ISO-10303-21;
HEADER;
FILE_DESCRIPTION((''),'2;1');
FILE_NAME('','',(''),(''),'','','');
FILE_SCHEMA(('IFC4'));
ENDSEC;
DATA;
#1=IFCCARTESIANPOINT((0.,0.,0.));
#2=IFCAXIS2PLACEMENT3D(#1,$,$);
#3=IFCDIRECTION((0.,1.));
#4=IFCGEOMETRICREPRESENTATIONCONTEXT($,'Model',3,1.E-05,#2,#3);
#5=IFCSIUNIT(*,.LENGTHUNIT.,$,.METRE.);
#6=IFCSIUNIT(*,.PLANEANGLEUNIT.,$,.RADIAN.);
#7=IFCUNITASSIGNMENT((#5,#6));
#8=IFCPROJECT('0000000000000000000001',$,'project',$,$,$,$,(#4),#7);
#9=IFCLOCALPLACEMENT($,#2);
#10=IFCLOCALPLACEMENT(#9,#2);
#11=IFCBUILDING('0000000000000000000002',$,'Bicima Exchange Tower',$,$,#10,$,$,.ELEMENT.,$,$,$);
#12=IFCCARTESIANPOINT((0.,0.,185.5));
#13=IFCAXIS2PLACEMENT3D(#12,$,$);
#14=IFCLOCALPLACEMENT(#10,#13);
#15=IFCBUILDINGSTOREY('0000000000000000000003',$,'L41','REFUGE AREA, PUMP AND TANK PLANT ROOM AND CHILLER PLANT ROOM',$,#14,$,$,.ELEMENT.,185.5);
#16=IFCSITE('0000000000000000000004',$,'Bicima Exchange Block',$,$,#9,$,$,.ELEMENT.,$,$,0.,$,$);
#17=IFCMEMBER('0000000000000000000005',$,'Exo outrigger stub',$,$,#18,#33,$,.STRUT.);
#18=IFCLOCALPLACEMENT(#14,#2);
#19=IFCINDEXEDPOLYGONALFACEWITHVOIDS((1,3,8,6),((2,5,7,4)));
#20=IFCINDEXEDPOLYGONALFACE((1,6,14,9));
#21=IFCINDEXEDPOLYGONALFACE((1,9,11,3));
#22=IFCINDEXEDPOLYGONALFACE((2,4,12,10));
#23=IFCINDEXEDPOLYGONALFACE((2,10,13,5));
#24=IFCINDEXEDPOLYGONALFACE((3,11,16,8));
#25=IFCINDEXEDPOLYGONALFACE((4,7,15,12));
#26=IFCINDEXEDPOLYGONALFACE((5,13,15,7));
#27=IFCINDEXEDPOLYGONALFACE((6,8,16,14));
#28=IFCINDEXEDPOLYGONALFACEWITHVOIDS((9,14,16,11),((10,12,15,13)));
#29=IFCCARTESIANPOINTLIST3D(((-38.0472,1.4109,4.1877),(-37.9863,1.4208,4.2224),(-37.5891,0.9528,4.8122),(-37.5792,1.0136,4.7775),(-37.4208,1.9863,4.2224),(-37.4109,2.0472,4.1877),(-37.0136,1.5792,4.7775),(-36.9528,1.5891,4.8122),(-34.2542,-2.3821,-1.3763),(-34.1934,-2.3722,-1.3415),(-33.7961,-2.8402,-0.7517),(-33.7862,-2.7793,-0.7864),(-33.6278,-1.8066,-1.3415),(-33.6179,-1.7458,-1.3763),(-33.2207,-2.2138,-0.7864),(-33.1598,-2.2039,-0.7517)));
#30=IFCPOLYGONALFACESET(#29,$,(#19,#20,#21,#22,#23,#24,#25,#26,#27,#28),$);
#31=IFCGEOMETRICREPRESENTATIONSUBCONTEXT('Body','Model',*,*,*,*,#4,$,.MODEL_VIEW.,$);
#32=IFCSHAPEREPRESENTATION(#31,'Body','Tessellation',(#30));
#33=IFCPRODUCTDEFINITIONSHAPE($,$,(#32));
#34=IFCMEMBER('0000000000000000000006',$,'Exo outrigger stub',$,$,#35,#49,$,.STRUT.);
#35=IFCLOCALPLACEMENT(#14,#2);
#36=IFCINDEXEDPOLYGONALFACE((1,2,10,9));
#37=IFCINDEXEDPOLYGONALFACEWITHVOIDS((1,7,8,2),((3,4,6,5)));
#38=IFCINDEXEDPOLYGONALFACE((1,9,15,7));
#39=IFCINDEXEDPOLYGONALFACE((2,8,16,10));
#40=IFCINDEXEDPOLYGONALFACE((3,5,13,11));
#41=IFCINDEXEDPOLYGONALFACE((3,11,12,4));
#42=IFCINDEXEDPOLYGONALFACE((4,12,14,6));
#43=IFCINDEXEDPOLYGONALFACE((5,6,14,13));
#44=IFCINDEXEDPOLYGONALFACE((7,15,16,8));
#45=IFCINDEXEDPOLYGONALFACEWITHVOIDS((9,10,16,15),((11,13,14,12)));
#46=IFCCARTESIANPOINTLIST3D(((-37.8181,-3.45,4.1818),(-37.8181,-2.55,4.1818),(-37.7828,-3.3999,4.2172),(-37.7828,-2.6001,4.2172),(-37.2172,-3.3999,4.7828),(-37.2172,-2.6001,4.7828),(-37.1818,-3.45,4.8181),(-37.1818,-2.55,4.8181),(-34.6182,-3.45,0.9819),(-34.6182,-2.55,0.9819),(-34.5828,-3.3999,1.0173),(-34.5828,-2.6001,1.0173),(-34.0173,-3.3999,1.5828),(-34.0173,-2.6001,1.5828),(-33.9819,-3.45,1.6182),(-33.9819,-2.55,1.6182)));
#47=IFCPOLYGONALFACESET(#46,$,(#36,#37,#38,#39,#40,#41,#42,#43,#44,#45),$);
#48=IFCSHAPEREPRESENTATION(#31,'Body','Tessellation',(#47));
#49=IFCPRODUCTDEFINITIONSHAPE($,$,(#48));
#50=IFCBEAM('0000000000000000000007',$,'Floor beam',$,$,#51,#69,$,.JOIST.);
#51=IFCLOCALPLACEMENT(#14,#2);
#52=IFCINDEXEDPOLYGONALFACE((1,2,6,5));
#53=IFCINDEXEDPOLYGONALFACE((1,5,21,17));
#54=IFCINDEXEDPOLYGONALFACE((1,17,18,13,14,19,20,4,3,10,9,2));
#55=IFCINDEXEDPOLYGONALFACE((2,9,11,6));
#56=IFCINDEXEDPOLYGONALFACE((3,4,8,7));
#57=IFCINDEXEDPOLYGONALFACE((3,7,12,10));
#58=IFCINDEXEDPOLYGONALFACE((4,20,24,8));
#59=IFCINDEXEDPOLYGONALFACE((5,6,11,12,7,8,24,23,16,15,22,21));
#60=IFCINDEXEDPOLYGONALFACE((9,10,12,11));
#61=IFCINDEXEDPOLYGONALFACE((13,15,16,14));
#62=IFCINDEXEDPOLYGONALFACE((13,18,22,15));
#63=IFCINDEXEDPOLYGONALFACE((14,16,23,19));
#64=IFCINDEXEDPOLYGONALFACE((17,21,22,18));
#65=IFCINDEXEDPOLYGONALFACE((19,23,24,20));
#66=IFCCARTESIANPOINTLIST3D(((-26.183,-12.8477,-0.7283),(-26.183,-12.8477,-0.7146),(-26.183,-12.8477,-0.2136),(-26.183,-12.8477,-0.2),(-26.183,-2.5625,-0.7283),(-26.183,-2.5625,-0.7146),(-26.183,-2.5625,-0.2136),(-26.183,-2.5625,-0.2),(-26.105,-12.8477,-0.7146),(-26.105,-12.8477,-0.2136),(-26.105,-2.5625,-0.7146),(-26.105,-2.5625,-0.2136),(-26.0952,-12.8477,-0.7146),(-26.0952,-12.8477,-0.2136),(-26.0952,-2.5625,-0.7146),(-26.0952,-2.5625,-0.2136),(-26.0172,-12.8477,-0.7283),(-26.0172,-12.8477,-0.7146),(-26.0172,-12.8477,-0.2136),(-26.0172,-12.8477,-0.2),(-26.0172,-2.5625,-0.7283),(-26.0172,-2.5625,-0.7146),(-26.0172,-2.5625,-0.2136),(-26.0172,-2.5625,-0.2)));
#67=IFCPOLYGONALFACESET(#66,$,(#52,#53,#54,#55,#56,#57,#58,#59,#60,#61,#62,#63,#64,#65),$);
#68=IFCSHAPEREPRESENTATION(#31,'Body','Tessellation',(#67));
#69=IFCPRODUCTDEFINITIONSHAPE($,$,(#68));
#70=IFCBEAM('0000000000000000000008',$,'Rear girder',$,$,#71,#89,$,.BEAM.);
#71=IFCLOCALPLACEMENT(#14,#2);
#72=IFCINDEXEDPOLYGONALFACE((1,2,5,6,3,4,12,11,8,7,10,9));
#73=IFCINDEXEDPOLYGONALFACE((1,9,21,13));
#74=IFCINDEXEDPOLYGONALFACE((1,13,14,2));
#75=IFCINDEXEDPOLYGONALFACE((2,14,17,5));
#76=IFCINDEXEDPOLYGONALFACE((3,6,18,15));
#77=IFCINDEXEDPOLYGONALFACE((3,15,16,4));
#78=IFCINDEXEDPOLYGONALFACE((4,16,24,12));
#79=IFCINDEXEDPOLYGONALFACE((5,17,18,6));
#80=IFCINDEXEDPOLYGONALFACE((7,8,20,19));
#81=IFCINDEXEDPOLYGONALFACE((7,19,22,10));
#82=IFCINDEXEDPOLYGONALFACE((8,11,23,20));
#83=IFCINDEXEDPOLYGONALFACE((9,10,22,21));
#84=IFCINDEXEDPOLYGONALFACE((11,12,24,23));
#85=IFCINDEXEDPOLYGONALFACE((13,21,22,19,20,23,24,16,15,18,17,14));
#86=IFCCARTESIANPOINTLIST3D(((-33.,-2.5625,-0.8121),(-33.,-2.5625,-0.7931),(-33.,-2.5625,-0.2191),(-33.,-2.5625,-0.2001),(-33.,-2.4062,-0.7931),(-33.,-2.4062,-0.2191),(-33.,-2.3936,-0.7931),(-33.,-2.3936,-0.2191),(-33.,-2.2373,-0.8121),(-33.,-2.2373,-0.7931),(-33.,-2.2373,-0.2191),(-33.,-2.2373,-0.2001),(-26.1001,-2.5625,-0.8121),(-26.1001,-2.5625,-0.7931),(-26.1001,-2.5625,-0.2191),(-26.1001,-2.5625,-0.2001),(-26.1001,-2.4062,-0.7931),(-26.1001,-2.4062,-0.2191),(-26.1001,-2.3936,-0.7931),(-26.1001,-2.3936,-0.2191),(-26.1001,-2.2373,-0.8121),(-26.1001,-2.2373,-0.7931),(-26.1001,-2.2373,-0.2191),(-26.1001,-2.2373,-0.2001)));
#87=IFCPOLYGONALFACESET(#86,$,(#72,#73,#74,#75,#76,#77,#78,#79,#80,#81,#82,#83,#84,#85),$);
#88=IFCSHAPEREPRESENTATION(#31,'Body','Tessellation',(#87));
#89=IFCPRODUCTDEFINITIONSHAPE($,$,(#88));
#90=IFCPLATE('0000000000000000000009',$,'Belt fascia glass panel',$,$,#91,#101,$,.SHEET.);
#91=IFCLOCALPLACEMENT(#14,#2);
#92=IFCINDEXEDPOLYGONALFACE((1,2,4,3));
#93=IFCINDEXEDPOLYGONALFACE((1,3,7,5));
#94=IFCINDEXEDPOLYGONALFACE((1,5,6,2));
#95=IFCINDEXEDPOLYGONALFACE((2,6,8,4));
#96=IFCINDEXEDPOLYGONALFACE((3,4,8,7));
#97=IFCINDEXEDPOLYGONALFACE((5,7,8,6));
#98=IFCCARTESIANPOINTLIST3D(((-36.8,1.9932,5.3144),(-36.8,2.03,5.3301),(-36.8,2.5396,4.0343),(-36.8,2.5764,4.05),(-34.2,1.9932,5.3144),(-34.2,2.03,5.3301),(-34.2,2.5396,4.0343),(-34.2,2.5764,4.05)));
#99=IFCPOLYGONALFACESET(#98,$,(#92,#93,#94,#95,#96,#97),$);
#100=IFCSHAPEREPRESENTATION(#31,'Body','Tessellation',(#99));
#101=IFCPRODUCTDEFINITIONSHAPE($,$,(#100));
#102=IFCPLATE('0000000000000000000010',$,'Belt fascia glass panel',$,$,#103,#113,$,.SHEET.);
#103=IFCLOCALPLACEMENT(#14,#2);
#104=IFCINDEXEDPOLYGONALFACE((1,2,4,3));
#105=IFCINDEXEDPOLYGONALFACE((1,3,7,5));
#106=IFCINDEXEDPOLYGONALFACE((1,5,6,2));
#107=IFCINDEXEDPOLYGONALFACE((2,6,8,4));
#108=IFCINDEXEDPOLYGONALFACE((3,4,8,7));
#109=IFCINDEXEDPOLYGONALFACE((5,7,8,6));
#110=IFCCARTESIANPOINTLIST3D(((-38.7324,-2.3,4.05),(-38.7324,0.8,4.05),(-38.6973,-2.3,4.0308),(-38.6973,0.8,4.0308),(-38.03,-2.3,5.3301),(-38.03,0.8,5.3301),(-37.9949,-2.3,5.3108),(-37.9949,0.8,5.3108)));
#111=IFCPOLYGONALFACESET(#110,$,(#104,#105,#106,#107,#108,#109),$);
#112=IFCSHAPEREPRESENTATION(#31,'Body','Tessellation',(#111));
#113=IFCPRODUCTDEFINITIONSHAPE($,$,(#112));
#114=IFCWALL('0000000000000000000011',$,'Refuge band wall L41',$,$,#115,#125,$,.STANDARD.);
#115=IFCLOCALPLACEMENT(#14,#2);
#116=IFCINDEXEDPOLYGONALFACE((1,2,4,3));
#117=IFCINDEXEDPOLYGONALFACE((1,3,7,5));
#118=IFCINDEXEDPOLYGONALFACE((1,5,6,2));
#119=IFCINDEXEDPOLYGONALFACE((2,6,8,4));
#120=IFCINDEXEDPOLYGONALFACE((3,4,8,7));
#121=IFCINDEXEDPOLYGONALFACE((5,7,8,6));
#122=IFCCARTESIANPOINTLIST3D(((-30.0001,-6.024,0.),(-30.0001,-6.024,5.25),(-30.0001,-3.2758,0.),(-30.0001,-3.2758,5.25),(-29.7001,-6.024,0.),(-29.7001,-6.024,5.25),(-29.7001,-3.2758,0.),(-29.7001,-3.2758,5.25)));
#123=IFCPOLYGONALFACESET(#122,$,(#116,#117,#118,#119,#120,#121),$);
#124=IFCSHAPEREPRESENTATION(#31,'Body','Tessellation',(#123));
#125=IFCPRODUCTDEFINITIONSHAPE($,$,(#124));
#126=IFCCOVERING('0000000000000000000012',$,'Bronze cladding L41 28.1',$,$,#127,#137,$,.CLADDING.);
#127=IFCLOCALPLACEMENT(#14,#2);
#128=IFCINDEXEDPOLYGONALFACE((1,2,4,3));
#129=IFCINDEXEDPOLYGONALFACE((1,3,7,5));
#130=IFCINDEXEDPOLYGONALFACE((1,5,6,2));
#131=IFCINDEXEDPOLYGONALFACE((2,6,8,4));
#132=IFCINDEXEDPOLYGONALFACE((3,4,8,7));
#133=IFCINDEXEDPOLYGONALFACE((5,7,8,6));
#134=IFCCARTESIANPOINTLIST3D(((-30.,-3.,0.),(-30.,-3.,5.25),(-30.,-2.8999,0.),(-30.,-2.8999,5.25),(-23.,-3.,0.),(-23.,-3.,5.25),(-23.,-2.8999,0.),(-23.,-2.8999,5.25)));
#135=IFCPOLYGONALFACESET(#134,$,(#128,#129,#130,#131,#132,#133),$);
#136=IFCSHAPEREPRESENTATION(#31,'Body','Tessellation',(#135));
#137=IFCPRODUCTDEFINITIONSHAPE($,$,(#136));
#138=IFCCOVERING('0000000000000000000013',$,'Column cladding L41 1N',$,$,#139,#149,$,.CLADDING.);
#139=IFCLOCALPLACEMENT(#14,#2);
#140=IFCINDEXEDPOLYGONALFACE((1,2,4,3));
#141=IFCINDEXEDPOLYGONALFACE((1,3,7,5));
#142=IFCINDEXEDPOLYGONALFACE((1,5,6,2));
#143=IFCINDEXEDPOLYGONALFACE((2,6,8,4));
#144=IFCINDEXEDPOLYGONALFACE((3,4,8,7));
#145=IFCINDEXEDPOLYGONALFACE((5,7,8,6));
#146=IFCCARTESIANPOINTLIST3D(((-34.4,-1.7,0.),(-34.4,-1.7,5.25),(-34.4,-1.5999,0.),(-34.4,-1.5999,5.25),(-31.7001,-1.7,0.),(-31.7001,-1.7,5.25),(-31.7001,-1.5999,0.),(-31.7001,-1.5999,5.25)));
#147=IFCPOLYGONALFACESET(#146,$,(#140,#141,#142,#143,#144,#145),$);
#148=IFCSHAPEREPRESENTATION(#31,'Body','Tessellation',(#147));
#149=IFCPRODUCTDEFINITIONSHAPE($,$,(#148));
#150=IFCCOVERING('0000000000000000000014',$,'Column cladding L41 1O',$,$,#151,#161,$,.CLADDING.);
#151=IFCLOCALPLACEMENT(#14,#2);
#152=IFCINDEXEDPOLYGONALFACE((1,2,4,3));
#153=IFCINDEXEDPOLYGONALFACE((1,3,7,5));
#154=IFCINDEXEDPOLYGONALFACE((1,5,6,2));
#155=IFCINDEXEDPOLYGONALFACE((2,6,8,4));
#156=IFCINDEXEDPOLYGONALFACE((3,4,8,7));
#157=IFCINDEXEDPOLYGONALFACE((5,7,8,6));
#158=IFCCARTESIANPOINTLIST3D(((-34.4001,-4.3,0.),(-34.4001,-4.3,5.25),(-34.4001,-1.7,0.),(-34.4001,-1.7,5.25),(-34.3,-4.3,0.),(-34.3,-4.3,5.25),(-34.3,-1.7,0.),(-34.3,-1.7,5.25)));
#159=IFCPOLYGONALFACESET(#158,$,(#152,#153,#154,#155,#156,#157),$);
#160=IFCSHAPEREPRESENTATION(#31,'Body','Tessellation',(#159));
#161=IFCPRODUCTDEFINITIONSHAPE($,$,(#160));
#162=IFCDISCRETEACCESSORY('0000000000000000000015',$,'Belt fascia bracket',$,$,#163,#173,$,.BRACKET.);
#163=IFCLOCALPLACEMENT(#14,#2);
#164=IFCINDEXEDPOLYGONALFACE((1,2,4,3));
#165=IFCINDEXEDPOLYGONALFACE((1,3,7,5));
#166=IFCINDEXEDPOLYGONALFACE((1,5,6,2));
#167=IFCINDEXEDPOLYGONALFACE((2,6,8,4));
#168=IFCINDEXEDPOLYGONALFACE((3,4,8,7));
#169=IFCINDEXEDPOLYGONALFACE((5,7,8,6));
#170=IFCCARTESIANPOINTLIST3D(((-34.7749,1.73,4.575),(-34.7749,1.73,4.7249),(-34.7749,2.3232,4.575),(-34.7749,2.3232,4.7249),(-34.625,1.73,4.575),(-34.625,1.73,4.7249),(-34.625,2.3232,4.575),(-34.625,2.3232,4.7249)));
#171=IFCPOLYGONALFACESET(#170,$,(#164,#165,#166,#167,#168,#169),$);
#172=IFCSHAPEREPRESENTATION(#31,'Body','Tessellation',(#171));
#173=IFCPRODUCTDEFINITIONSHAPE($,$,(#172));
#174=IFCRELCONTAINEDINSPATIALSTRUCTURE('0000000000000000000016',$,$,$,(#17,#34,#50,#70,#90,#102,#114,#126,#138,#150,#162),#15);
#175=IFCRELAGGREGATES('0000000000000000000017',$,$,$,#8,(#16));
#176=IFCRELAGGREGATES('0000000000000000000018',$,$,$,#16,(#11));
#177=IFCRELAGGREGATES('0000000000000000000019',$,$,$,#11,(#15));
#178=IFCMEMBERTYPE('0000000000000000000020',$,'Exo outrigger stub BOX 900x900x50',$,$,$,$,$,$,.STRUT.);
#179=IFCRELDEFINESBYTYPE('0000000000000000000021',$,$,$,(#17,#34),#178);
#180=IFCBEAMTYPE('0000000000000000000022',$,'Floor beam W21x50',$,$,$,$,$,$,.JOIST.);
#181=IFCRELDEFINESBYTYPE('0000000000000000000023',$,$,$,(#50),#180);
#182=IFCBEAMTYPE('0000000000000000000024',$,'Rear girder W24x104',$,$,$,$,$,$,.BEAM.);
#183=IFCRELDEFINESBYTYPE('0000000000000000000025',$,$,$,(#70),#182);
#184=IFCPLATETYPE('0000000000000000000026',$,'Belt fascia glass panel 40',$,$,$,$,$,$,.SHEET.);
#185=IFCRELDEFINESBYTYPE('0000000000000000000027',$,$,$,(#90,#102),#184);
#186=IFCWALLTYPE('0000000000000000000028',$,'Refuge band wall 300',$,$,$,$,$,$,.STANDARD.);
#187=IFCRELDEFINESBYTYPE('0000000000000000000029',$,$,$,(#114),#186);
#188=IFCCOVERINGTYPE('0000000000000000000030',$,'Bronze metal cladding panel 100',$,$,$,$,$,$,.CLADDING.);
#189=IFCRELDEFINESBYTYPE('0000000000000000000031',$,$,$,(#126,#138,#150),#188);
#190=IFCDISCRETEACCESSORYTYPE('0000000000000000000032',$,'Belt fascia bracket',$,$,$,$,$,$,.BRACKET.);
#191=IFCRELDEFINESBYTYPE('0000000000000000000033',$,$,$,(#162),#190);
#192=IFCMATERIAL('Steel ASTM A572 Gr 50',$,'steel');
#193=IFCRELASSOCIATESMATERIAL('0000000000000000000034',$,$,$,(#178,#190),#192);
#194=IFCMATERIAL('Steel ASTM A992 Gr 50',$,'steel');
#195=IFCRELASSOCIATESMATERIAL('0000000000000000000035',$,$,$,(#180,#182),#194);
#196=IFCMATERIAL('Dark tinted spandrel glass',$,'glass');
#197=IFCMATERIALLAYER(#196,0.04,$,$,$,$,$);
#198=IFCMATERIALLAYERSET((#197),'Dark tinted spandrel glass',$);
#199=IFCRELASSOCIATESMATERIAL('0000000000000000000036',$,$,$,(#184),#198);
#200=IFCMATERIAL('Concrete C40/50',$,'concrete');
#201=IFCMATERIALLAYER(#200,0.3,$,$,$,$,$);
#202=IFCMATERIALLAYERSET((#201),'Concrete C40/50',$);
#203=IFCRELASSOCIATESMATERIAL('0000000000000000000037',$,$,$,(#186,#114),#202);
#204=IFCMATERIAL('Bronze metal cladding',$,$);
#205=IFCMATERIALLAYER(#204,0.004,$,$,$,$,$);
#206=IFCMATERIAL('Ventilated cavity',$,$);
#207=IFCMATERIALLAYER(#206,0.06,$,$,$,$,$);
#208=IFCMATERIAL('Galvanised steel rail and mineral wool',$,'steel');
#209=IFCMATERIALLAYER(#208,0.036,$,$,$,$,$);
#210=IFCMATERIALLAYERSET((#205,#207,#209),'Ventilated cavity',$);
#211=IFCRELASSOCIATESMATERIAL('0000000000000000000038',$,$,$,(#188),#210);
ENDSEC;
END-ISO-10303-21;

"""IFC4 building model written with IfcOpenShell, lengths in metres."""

from ifc_helpers import new_model, si_unit, direction, frame, frame_2d, origin, origin_2d, place, context, subcontext, project, spatial, polyline, rectangle, hollow_rectangle, i_section, outline, extrude, material, layer, layer_set, layer_usage, material_profile, profile_set, type_object, element, save


model = new_model("IFC4")

# Units and contexts
model_context = context("Model", 3, precision=1e-05, world=origin(), true_north=direction((0.0, 1.0)))
body_context = subcontext(model_context, "Body", "Model", "MODEL_VIEW")
ifc_project = project(units=[si_unit("LENGTHUNIT", "METRE"), si_unit("PLANEANGLEUNIT", "RADIAN")], contexts=[model_context])

# Site, building, storey
site_placement = place(None, origin())
site = spatial("IfcSite", under=ifc_project, at=site_placement, Name="Bicima Exchange Block", CompositionType="ELEMENT", RefElevation=0.0)
building_placement = place(site_placement, origin())
building = spatial("IfcBuilding", under=site, at=building_placement, Name="Bicima Exchange Tower", CompositionType="ELEMENT")
storey_placement = place(building_placement, frame((0.0, 0.0, 185.5)))
storey = spatial("IfcBuildingStorey", under=building, at=storey_placement, Name="L41", Description="REFUGE AREA, PUMP AND TANK PLANT ROOM AND CHILLER PLANT ROOM", CompositionType="ELEMENT", Elevation=185.5)

# Shared definitions
ifc_material_1 = material(Name="Steel ASTM A572 Gr 50", Category="steel")
ifc_material_2 = material(Name="Steel ASTM A992 Gr 50", Category="steel")

# Members
ifc_material_profile_1 = material_profile(ifc_material_1, hollow_rectangle(XDim=0.8999, YDim=0.8999, WallThickness=0.05, at=origin_2d()))
ifc_profile_set_1 = profile_set([ifc_material_profile_1], Name="Steel ASTM A572 Gr 50")
member_type_1 = type_object("IfcMemberType", Name="Exo outrigger stub BOX 900x900x50", PredefinedType="STRUT", material=ifc_profile_set_1)
member_1_placement = place(storey_placement, frame((-33.707, -2.293, -1.064), z_axis=(-0.490772, 0.490772, 0.719921), x_axis=(-0.707107, -0.707107, 0.0)))
element("IfcMember", 1, at=member_1_placement, inside=storey, type_object=member_type_1, Name="Exo outrigger stub", PredefinedType="STRUT", context=body_context, shape_type="SweptSolid", body=[
    extrude(hollow_rectangle(XDim=0.8999, YDim=0.8999, WallThickness=0.05, at=origin_2d()), origin(), (0.0, 0.0, 1.0), 7.7285),
])
member_2_placement = place(storey_placement, frame((-34.3, -3.0, 1.3), z_axis=(-0.707107, 0.0, 0.707107), x_axis=(0.0, -1.0, 0.0)))
element("IfcMember", 2, at=member_2_placement, inside=storey, type_object=member_type_1, Name="Exo outrigger stub", PredefinedType="STRUT", context=body_context, shape_type="SweptSolid", body=[
    extrude(hollow_rectangle(XDim=0.8999, YDim=0.8999, WallThickness=0.05, at=origin_2d()), origin(), (0.0, 0.0, 1.0), 4.5254),
])

# Beams
ifc_material_profile_2 = material_profile(ifc_material_2, i_section(OverallWidth=0.1658, OverallDepth=0.5283, WebThickness=0.0098, FlangeThickness=0.0137, at=origin_2d()))
ifc_profile_set_2 = profile_set([ifc_material_profile_2], Name="Steel ASTM A992 Gr 50")
beam_type_1 = type_object("IfcBeamType", Name="Floor beam W21x50", PredefinedType="JOIST", material=ifc_profile_set_2)
beam_1_placement = place(storey_placement, frame((-26.1001, -2.5625, -0.4641), z_axis=(0.0, -1.0, 0.0), x_axis=(1.0, 0.0, 0.0)))
element("IfcBeam", 3, at=beam_1_placement, inside=storey, type_object=beam_type_1, Name="Floor beam", PredefinedType="JOIST", context=body_context, shape_type="SweptSolid", body=[
    extrude(i_section(OverallWidth=0.1658, OverallDepth=0.5283, WebThickness=0.0098, FlangeThickness=0.0137, at=origin_2d()), origin(), (0.0, 0.0, 1.0), 10.2852),
])
ifc_material_profile_3 = material_profile(ifc_material_2, i_section(OverallWidth=0.3252, OverallDepth=0.6121, WebThickness=0.0127, FlangeThickness=0.019, at=origin_2d()))
ifc_profile_set_3 = profile_set([ifc_material_profile_3], Name="Steel ASTM A992 Gr 50")
beam_type_2 = type_object("IfcBeamType", Name="Rear girder W24x104", PredefinedType="BEAM", material=ifc_profile_set_3)
beam_2_placement = place(storey_placement, frame((-26.1001, -2.3999, -0.5061), z_axis=(-1.0, 0.0, 0.0), x_axis=(0.0, -1.0, 0.0)))
element("IfcBeam", 4, at=beam_2_placement, inside=storey, type_object=beam_type_2, Name="Rear girder", PredefinedType="BEAM", context=body_context, shape_type="SweptSolid", body=[
    extrude(i_section(OverallWidth=0.3252, OverallDepth=0.6121, WebThickness=0.0127, FlangeThickness=0.019, at=origin_2d()), origin(), (0.0, 0.0, 1.0), 6.8999),
])

# Plates
ifc_material_3 = material(Name="Dark tinted spandrel glass", Category="glass")
ifc_layer_1 = layer(ifc_material_3, 0.04)
ifc_layer_set_1 = layer_set([ifc_layer_1], Name="Dark tinted spandrel glass")
plate_type = type_object("IfcPlateType", Name="Belt fascia glass panel 40", PredefinedType="SHEET", material=ifc_layer_set_1)
plate_1_placement = place(storey_placement, frame((-34.2, 2.5764, 4.05), z_axis=(0.0, 0.919716, 0.392585), x_axis=(-1.0, 0.0, 0.0)))
element("IfcPlate", 5, at=plate_1_placement, inside=storey, type_object=plate_type, Name="Belt fascia glass panel", PredefinedType="SHEET", context=body_context, shape_type="SweptSolid", body=[
    extrude(outline(polyline([(0.0, 0.0), (2.6001, 0.0), (2.6001, 1.3918), (0.0, 1.3918), (0.0, 0.0)])), origin(), (0.0, 0.0, -1.0), 0.04),
])
plate_2_placement = place(storey_placement, frame((-38.7324, 0.8, 4.05), z_axis=(-0.876685, 0.0, 0.481065), x_axis=(0.0, -1.0, 0.0)))
element("IfcPlate", 6, at=plate_2_placement, inside=storey, type_object=plate_type, Name="Belt fascia glass panel", PredefinedType="SHEET", context=body_context, shape_type="SweptSolid", body=[
    extrude(outline(polyline([(0.0, 0.0), (3.1001, 0.0), (3.1001, 1.4601), (0.0, 1.4601), (0.0, 0.0)])), origin(), (0.0, 0.0, -1.0), 0.04),
])

# Wall
ifc_material_4 = material(Name="Concrete C40/50", Category="concrete")
ifc_layer_2 = layer(ifc_material_4, 0.3)
ifc_layer_set_2 = layer_set([ifc_layer_2], Name="Concrete C40/50")
ifc_layer_usage = layer_usage(ifc_layer_set_2, "AXIS2", "POSITIVE", -0.15)
wall_type = type_object("IfcWallType", Name="Refuge band wall 300", PredefinedType="STANDARD", material=ifc_layer_set_2)
wall_placement = place(storey_placement, frame((-29.8501, -3.2759, 0.0), z_axis=(0.0, 0.0, 1.0), x_axis=(0.0, -1.0, 0.0)))
element("IfcWall", 7, at=wall_placement, inside=storey, type_object=wall_type, material=ifc_layer_usage, Name="Refuge band wall L41", PredefinedType="STANDARD", context=body_context, shape_type="SweptSolid", body=[
    extrude(rectangle(XDim=2.7483, YDim=0.3, at=frame_2d((1.374, 0.0))), origin(), (0.0, 0.0, 1.0), 5.25),
])

# Coverings
ifc_material_5 = material(Name="Bronze metal cladding")
ifc_layer_3 = layer(ifc_material_5, 0.004)
ifc_material_6 = material(Name="Ventilated cavity")
ifc_layer_4 = layer(ifc_material_6, 0.06)
ifc_material_7 = material(Name="Galvanised steel rail and mineral wool", Category="steel")
ifc_layer_5 = layer(ifc_material_7, 0.036)
ifc_layer_set_3 = layer_set([ifc_layer_3, ifc_layer_4, ifc_layer_5], Name="Ventilated cavity")
covering_type = type_object("IfcCoveringType", Name="Bronze metal cladding panel 100", PredefinedType="CLADDING", material=ifc_layer_set_3)
covering_1_placement = place(storey_placement, frame((-26.5, -2.95, 0.0), z_axis=(0.0, 0.0, 1.0), x_axis=(-1.0, 0.0, 0.0)))
element("IfcCovering", 8, at=covering_1_placement, inside=storey, type_object=covering_type, Name="Bronze cladding L41 28.1", PredefinedType="CLADDING", context=body_context, shape_type="SweptSolid", body=[
    extrude(rectangle(XDim=7.0, YDim=0.1001, at=origin_2d()), origin(), (0.0, 0.0, 1.0), 5.25),
])
covering_2_placement = place(storey_placement, frame((-33.05, -1.6499, 0.0), z_axis=(0.0, 0.0, 1.0), x_axis=(1.0, 0.0, 0.0)))
element("IfcCovering", 9, at=covering_2_placement, inside=storey, type_object=covering_type, Name="Column cladding L41 1N", PredefinedType="CLADDING", context=body_context, shape_type="SweptSolid", body=[
    extrude(rectangle(XDim=2.7, YDim=0.1001, at=origin_2d()), origin(), (0.0, 0.0, 1.0), 5.25),
])
covering_3_placement = place(storey_placement, frame((-34.3501, -3.0, 0.0), z_axis=(0.0, 0.0, 1.0), x_axis=(1.0, 0.0, 0.0)))
element("IfcCovering", 10, at=covering_3_placement, inside=storey, type_object=covering_type, Name="Column cladding L41 1O", PredefinedType="CLADDING", context=body_context, shape_type="SweptSolid", body=[
    extrude(rectangle(XDim=0.1001, YDim=2.6001, at=origin_2d()), origin(), (0.0, 0.0, 1.0), 5.25),
])

# Discrete accessory
discrete_accessory_type = type_object("IfcDiscreteAccessoryType", Name="Belt fascia bracket", PredefinedType="BRACKET", material=ifc_material_1)
for number, where, z_axis, x_axis, name in (
    (11, (-34.7, 2.0266, 4.575), (0.0, 0.0, 1.0), (-1.0, 0.0, 0.0), "Belt fascia bracket"),
):
    element("IfcDiscreteAccessory", number, at=place(storey_placement, frame(where, z_axis=z_axis, x_axis=x_axis)), inside=storey, type_object=discrete_accessory_type, Name=name, PredefinedType="BRACKET", context=body_context, shape_type="SweptSolid", body=[
        extrude(rectangle(XDim=0.1499, YDim=0.5933, at=origin_2d()), origin(), (0.0, 0.0, 1.0), 0.1499),
    ])

save(model, "model.ifc")
